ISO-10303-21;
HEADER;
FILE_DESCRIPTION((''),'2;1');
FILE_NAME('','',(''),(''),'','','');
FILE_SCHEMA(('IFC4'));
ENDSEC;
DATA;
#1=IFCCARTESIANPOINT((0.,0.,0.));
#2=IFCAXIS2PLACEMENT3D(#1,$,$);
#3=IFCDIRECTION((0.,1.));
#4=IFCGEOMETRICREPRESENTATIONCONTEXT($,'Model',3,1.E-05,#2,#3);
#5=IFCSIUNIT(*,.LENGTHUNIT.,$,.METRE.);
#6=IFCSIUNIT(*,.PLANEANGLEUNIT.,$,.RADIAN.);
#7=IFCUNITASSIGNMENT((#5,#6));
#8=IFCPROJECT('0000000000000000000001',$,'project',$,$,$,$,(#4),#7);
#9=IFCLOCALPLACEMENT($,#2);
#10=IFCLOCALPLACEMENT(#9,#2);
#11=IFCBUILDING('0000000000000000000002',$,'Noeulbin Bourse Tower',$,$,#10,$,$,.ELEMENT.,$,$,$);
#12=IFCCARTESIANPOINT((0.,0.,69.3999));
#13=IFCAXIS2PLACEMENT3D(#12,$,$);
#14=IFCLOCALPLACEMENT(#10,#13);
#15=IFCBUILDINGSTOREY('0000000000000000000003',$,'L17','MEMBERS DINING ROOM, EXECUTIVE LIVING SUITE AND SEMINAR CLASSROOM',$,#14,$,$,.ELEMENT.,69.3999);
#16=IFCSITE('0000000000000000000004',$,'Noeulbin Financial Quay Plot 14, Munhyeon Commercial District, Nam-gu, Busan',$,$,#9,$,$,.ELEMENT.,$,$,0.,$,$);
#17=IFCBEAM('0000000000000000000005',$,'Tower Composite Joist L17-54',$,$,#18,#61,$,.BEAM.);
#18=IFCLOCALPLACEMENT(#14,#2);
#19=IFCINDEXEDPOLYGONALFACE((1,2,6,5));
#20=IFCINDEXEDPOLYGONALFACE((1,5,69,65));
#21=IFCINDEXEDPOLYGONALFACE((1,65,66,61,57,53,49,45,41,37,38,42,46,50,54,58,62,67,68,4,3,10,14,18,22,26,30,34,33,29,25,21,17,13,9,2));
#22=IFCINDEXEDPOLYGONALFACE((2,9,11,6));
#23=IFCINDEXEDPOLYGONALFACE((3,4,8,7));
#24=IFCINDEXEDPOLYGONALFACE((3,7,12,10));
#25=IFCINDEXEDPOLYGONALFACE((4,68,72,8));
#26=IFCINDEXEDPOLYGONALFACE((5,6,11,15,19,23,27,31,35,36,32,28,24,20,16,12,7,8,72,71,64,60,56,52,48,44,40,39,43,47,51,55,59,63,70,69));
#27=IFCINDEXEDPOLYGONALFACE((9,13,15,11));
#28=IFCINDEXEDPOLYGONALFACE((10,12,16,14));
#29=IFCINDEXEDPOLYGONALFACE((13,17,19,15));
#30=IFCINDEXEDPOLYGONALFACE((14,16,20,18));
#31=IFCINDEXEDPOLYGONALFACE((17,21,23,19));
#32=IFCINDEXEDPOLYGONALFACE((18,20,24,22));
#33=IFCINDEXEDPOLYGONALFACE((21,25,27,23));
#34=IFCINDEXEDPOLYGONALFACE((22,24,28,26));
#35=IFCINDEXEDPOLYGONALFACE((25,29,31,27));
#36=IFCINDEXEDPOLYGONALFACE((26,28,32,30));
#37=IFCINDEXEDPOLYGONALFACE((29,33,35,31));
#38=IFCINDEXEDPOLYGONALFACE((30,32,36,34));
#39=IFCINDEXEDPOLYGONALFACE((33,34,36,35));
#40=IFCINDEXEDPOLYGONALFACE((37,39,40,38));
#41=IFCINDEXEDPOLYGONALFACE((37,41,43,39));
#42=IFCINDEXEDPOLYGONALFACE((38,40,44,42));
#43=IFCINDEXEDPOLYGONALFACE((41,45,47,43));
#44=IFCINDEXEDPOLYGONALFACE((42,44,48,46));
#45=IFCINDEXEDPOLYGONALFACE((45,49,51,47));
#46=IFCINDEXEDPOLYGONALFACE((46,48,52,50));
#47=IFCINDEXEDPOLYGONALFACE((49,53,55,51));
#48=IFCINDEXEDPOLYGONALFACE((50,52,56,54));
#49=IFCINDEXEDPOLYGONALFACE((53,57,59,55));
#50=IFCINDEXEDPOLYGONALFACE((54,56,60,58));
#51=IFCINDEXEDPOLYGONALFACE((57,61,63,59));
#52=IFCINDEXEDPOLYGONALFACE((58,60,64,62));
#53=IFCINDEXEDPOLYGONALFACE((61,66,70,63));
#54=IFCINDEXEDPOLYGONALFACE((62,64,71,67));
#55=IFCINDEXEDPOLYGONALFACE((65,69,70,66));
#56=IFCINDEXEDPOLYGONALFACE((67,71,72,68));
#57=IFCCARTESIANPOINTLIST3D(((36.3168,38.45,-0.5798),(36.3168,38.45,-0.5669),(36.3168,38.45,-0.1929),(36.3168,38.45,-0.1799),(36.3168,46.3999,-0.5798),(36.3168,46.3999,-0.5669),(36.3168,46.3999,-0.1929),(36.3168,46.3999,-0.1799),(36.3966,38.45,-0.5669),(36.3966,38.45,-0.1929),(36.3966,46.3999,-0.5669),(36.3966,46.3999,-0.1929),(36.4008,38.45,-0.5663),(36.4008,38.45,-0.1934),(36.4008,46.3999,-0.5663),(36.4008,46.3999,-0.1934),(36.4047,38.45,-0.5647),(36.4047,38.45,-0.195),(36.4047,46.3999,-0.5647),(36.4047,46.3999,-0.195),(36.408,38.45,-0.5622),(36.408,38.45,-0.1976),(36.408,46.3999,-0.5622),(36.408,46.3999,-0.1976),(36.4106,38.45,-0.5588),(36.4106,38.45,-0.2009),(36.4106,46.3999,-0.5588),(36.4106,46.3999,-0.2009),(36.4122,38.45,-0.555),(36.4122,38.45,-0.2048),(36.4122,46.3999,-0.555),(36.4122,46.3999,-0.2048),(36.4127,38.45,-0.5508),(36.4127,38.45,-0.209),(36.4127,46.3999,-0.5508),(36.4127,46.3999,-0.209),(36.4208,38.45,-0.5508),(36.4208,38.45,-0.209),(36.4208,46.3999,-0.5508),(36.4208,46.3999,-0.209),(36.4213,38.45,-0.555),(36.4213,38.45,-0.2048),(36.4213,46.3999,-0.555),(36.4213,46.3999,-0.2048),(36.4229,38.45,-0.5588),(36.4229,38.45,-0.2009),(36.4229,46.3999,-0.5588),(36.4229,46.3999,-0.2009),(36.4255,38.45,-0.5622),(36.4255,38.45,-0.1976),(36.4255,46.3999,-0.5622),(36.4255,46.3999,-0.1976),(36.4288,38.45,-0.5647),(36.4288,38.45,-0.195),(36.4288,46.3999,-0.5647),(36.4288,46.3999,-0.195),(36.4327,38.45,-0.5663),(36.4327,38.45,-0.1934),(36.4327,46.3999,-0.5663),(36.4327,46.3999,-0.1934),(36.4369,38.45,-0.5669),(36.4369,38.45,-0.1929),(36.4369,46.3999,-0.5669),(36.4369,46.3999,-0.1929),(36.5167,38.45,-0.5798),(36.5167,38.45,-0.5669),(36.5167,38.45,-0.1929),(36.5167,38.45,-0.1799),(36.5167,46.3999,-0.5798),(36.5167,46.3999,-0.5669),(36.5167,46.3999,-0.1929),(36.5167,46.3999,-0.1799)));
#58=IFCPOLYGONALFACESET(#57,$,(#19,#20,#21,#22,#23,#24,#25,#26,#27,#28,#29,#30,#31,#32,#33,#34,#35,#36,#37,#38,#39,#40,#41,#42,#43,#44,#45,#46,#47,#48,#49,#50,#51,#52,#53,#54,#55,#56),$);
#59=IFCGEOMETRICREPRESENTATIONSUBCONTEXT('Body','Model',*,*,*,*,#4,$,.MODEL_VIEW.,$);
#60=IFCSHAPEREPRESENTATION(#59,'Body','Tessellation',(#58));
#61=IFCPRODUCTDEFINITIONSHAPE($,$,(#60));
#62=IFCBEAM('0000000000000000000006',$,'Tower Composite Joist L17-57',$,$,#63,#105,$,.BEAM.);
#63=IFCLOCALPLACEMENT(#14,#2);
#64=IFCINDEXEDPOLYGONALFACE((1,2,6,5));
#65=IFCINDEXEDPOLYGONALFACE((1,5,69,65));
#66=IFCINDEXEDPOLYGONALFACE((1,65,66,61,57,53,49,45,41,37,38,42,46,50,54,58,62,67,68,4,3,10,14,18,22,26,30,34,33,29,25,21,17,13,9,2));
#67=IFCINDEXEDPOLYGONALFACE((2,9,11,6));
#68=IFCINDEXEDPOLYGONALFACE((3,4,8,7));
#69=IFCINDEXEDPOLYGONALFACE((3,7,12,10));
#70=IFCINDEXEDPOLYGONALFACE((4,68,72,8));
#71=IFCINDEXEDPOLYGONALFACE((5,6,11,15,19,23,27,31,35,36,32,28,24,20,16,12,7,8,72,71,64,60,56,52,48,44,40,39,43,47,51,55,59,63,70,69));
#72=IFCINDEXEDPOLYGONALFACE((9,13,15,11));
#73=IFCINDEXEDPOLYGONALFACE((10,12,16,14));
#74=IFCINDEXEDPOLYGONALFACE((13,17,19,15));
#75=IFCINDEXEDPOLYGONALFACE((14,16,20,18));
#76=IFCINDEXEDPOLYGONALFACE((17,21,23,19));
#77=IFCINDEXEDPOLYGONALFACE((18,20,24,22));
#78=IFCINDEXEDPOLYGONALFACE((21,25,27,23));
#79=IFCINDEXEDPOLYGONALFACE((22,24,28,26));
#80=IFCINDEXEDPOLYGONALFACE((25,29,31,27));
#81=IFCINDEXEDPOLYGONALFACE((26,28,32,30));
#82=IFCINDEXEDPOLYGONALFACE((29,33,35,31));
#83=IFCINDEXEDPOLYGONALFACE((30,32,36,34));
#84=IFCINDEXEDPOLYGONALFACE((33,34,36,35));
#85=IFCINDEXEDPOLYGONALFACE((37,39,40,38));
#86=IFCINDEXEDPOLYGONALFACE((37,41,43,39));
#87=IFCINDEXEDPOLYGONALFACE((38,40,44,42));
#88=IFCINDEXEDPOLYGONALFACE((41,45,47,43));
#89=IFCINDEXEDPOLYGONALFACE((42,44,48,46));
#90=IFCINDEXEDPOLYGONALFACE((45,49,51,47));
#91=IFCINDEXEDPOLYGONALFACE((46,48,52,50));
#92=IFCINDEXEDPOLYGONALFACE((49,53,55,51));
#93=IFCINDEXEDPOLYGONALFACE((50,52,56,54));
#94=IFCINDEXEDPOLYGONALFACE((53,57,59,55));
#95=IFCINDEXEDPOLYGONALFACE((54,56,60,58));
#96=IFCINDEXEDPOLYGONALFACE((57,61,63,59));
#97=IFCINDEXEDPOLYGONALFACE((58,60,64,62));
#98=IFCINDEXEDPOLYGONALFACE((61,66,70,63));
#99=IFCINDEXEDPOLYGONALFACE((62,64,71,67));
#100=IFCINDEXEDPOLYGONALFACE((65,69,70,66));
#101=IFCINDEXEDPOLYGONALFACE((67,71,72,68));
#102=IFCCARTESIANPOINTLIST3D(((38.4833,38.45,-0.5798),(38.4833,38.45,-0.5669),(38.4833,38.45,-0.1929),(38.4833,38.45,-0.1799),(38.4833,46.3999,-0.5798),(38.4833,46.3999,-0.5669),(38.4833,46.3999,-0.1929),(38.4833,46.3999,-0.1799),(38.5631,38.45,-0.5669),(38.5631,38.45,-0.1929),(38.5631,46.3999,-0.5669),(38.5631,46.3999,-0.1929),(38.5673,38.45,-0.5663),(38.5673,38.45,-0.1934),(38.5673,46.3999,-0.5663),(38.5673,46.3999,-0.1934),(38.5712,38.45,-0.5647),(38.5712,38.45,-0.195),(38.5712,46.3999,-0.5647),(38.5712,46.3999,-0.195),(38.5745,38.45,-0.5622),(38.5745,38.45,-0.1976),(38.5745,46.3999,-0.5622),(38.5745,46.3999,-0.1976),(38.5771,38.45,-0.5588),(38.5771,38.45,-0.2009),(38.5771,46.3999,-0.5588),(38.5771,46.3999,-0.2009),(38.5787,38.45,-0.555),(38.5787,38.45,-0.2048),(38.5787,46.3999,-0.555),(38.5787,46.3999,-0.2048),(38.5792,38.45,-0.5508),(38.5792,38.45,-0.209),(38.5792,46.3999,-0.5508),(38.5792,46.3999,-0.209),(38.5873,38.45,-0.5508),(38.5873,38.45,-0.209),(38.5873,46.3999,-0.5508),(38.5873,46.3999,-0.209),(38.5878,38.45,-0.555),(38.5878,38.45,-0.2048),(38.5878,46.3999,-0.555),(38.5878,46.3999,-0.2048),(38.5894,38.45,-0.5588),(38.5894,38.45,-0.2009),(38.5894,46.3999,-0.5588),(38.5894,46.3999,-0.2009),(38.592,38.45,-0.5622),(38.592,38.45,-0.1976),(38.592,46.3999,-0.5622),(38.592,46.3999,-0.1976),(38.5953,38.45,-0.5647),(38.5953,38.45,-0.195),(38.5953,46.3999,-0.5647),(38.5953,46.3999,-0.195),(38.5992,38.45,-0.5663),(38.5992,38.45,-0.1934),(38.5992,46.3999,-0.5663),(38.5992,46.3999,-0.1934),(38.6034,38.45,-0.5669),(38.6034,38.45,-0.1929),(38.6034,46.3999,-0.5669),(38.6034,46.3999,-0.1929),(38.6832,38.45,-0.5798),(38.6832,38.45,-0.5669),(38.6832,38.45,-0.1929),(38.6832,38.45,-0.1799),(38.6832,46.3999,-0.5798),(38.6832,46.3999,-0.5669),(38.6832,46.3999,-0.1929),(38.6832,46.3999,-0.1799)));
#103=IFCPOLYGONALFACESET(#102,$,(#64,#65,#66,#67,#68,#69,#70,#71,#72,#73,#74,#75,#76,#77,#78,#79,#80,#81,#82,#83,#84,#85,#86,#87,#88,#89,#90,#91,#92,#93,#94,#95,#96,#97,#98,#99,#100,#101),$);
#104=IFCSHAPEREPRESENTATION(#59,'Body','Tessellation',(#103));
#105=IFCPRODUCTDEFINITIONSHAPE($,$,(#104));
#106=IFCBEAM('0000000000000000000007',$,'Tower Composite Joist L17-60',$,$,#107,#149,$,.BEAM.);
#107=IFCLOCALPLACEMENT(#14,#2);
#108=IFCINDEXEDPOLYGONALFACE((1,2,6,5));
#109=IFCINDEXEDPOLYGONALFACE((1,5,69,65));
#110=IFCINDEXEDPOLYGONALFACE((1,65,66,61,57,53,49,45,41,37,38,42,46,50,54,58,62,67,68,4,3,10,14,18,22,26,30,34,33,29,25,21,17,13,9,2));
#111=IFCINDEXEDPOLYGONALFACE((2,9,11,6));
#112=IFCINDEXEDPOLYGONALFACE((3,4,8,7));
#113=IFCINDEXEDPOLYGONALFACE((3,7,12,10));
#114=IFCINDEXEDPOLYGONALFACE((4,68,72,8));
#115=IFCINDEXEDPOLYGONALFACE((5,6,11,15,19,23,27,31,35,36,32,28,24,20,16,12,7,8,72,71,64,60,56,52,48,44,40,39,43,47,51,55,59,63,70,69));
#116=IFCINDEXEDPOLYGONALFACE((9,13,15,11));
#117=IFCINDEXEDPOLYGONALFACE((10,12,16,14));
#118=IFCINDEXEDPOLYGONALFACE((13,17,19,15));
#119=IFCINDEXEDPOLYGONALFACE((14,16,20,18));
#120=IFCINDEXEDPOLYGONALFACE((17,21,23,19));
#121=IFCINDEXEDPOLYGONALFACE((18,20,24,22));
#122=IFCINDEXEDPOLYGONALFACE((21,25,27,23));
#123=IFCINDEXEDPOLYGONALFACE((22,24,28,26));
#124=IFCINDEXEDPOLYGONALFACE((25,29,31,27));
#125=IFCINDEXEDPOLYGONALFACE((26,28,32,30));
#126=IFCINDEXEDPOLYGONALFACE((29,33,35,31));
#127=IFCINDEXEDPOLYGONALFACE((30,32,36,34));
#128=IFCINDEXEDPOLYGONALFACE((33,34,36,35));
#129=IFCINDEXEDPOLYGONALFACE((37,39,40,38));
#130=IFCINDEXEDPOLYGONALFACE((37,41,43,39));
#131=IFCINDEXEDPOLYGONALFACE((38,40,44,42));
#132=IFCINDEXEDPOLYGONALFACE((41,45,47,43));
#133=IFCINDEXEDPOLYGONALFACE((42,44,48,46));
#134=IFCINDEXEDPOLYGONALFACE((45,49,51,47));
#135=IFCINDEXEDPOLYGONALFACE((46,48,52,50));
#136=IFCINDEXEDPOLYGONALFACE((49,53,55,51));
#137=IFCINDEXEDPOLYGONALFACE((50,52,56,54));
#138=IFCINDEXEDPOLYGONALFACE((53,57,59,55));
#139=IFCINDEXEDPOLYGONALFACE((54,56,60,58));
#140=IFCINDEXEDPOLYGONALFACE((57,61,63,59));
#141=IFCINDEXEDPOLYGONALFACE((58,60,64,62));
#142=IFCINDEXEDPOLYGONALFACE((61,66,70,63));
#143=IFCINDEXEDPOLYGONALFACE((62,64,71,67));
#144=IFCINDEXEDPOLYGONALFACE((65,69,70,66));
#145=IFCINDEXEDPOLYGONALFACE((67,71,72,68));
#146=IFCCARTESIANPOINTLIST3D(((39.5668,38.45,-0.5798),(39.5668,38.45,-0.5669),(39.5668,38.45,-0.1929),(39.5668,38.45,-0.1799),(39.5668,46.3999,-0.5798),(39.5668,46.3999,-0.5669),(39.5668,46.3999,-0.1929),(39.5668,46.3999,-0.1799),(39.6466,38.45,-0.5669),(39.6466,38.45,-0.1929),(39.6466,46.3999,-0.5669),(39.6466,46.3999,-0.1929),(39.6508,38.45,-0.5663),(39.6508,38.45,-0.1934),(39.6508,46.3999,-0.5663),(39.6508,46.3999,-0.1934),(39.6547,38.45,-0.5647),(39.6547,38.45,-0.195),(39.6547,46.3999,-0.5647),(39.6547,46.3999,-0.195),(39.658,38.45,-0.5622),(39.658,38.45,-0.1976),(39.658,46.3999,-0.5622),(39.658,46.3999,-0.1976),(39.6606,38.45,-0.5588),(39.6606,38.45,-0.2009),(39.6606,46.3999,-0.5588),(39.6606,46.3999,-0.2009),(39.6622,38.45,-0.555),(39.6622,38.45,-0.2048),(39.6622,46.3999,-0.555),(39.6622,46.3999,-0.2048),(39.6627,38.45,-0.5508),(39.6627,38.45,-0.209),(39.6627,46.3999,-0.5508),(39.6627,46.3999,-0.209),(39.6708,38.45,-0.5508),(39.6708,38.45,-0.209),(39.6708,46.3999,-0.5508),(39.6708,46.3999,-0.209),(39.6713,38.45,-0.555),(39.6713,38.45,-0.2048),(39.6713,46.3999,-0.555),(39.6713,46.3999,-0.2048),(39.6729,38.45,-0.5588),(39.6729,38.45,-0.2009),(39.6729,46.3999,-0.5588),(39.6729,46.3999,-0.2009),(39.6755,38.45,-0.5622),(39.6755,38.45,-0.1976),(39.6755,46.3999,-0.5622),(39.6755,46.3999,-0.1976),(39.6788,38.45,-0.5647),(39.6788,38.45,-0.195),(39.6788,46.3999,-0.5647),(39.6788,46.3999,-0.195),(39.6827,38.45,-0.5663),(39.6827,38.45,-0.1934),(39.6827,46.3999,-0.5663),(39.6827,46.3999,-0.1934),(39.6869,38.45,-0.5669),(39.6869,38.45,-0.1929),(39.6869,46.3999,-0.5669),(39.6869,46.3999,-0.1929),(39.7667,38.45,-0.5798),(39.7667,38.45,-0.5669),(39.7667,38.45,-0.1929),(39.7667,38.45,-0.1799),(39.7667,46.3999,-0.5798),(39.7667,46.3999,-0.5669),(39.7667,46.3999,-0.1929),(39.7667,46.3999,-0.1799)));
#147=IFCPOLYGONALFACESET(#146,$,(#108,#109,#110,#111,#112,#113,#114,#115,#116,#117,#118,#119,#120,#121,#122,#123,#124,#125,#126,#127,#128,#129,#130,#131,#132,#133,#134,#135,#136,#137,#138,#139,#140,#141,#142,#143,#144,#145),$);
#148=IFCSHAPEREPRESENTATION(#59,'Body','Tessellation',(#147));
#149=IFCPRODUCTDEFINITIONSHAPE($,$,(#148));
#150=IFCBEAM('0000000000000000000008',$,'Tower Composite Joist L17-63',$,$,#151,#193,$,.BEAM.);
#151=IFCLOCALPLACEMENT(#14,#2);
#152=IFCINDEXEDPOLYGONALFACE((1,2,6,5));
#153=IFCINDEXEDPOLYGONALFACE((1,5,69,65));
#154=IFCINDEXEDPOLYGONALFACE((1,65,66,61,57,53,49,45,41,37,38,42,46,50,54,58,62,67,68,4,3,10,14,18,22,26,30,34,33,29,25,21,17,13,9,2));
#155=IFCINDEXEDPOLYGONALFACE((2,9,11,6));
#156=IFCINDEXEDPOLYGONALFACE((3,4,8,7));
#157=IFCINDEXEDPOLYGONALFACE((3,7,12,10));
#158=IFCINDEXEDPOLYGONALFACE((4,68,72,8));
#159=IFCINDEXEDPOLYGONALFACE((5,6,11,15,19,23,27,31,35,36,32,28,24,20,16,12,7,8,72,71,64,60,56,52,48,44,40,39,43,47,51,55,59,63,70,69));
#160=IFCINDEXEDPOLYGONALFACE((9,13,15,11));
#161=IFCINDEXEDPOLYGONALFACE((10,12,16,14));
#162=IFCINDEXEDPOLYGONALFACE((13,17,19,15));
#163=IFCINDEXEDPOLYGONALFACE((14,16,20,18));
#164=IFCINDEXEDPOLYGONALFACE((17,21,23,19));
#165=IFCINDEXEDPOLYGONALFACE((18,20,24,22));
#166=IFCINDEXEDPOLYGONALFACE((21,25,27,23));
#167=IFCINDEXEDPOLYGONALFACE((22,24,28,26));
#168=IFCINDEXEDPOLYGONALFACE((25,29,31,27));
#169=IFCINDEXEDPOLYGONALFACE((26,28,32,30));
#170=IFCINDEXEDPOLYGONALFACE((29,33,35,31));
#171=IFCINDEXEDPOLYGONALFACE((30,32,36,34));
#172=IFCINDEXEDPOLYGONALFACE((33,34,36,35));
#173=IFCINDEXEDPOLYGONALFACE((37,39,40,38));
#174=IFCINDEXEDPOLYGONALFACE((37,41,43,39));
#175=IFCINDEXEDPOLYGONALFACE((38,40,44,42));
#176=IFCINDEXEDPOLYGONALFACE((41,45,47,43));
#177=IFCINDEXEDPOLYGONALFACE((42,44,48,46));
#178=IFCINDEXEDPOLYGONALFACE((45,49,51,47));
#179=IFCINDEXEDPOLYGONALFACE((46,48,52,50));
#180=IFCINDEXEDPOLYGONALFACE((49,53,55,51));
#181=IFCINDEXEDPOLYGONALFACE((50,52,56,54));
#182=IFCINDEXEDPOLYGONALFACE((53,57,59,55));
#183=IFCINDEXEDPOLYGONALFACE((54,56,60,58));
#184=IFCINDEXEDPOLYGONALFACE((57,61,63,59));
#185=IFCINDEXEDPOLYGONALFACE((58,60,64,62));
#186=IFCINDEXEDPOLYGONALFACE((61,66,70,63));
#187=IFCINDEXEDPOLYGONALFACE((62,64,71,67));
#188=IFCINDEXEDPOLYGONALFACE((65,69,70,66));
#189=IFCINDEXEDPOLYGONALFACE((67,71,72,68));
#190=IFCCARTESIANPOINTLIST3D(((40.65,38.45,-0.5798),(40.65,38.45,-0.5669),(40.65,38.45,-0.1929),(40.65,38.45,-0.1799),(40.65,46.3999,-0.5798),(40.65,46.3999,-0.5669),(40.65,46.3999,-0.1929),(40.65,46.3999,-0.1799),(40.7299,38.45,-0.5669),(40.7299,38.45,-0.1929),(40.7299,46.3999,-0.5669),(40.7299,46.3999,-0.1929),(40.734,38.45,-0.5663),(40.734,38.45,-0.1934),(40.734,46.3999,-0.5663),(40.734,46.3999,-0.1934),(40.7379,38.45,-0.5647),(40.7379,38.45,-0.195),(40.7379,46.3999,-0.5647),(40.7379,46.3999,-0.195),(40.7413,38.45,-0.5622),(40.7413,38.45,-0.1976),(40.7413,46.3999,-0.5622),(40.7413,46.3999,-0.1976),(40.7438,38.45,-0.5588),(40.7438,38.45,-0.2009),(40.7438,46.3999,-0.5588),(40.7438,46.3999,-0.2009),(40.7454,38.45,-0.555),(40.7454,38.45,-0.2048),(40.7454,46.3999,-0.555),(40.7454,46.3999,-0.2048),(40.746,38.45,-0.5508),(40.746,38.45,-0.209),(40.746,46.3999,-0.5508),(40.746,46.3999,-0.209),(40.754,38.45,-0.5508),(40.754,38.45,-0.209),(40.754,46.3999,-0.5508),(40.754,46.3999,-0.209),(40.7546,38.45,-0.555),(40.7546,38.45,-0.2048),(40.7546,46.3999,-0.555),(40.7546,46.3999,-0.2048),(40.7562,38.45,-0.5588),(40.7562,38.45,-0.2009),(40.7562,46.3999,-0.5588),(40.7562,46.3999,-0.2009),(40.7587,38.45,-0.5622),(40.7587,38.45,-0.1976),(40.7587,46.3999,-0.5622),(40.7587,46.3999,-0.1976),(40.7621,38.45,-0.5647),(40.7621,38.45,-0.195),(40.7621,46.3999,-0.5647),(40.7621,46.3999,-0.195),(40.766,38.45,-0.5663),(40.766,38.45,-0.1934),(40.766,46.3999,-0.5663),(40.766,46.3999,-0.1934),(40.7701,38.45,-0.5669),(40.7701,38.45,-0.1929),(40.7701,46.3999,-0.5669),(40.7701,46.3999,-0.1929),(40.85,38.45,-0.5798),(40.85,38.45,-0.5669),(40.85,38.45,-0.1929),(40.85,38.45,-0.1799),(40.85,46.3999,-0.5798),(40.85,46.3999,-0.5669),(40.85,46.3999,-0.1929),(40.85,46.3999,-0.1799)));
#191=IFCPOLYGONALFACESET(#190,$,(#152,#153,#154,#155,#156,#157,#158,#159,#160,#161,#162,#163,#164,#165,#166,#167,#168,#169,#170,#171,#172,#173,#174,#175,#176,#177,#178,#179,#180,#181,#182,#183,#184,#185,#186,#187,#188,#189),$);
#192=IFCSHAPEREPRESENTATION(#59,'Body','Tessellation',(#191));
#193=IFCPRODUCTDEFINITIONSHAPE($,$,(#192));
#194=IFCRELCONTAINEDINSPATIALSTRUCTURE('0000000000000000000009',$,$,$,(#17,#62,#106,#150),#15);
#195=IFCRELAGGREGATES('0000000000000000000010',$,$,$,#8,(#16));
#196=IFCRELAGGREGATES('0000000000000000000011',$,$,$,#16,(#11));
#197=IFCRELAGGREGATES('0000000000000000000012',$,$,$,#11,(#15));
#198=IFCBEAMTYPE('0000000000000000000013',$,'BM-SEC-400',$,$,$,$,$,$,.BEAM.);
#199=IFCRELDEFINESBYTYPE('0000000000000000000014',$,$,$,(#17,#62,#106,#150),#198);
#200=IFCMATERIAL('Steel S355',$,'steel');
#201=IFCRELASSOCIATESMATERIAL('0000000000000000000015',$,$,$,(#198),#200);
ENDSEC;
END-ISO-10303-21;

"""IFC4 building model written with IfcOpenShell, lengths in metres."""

from ifc_helpers import new_model, si_unit, direction, frame, origin, origin_2d, place, context, subcontext, project, spatial, i_section, extrude, material, material_profile, profile_set, type_object, element, save


model = new_model("IFC4")

# Units and contexts
model_context = context("Model", 3, precision=1e-05, world=origin(), true_north=direction((0.0, 1.0)))
body_context = subcontext(model_context, "Body", "Model", "MODEL_VIEW")
ifc_project = project(units=[si_unit("LENGTHUNIT", "METRE"), si_unit("PLANEANGLEUNIT", "RADIAN")], contexts=[model_context])

# Site, building, storey
site_placement = place(None, origin())
site = spatial("IfcSite", under=ifc_project, at=site_placement, Name="Noeulbin Financial Quay Plot 14, Munhyeon Commercial District, Nam-gu, Busan", CompositionType="ELEMENT", RefElevation=0.0)
building_placement = place(site_placement, origin())
building = spatial("IfcBuilding", under=site, at=building_placement, Name="Noeulbin Bourse Tower", CompositionType="ELEMENT")
storey_placement = place(building_placement, frame((0.0, 0.0, 69.3999)))
storey = spatial("IfcBuildingStorey", under=building, at=storey_placement, Name="L17", Description="MEMBERS DINING ROOM, EXECUTIVE LIVING SUITE AND SEMINAR CLASSROOM", CompositionType="ELEMENT", Elevation=69.3999)

# Beams
ifc_material_1 = material(Name="Steel S355", Category="steel")
ifc_material_profile_1 = material_profile(ifc_material_1, i_section(OverallWidth=0.2, OverallDepth=0.3999, WebThickness=0.0081, FlangeThickness=0.0129, FilletRadius=0.0161, at=origin_2d()), Name="H-400x200x8x13", Category="LoadBearing")
ifc_profile_set_1 = profile_set([ifc_material_profile_1], Name="Steel S355")
beam_type_1 = type_object("IfcBeamType", Name="BM-SEC-400", PredefinedType="BEAM", material=ifc_profile_set_1)
for number, where, z_axis, x_axis, name in (
    (1, (36.4167, 38.45, -0.3799), (0.0, 1.0, 0.0), (-1.0, 0.0, 0.0), "Tower Composite Joist L17-54"),
    (2, (38.5833, 38.45, -0.3799), (0.0, 1.0, 0.0), (-1.0, 0.0, 0.0), "Tower Composite Joist L17-57"),
    (3, (39.6667, 38.45, -0.3799), (0.0, 1.0, 0.0), (-1.0, 0.0, 0.0), "Tower Composite Joist L17-60"),
    (4, (40.75, 38.45, -0.3799), (0.0, 1.0, 0.0), (-1.0, 0.0, 0.0), "Tower Composite Joist L17-63"),
):
    element("IfcBeam", number, at=place(storey_placement, frame(where, z_axis=z_axis, x_axis=x_axis)), inside=storey, type_object=beam_type_1, Name=name, PredefinedType="BEAM", context=body_context, shape_type="SweptSolid", body=[
        extrude(i_section(OverallWidth=0.2, OverallDepth=0.3999, WebThickness=0.0081, FlangeThickness=0.0129, FilletRadius=0.0161, at=origin_2d()), origin(), (0.0, 0.0, 1.0), 7.95),
    ])

save(model, "model.ifc")
